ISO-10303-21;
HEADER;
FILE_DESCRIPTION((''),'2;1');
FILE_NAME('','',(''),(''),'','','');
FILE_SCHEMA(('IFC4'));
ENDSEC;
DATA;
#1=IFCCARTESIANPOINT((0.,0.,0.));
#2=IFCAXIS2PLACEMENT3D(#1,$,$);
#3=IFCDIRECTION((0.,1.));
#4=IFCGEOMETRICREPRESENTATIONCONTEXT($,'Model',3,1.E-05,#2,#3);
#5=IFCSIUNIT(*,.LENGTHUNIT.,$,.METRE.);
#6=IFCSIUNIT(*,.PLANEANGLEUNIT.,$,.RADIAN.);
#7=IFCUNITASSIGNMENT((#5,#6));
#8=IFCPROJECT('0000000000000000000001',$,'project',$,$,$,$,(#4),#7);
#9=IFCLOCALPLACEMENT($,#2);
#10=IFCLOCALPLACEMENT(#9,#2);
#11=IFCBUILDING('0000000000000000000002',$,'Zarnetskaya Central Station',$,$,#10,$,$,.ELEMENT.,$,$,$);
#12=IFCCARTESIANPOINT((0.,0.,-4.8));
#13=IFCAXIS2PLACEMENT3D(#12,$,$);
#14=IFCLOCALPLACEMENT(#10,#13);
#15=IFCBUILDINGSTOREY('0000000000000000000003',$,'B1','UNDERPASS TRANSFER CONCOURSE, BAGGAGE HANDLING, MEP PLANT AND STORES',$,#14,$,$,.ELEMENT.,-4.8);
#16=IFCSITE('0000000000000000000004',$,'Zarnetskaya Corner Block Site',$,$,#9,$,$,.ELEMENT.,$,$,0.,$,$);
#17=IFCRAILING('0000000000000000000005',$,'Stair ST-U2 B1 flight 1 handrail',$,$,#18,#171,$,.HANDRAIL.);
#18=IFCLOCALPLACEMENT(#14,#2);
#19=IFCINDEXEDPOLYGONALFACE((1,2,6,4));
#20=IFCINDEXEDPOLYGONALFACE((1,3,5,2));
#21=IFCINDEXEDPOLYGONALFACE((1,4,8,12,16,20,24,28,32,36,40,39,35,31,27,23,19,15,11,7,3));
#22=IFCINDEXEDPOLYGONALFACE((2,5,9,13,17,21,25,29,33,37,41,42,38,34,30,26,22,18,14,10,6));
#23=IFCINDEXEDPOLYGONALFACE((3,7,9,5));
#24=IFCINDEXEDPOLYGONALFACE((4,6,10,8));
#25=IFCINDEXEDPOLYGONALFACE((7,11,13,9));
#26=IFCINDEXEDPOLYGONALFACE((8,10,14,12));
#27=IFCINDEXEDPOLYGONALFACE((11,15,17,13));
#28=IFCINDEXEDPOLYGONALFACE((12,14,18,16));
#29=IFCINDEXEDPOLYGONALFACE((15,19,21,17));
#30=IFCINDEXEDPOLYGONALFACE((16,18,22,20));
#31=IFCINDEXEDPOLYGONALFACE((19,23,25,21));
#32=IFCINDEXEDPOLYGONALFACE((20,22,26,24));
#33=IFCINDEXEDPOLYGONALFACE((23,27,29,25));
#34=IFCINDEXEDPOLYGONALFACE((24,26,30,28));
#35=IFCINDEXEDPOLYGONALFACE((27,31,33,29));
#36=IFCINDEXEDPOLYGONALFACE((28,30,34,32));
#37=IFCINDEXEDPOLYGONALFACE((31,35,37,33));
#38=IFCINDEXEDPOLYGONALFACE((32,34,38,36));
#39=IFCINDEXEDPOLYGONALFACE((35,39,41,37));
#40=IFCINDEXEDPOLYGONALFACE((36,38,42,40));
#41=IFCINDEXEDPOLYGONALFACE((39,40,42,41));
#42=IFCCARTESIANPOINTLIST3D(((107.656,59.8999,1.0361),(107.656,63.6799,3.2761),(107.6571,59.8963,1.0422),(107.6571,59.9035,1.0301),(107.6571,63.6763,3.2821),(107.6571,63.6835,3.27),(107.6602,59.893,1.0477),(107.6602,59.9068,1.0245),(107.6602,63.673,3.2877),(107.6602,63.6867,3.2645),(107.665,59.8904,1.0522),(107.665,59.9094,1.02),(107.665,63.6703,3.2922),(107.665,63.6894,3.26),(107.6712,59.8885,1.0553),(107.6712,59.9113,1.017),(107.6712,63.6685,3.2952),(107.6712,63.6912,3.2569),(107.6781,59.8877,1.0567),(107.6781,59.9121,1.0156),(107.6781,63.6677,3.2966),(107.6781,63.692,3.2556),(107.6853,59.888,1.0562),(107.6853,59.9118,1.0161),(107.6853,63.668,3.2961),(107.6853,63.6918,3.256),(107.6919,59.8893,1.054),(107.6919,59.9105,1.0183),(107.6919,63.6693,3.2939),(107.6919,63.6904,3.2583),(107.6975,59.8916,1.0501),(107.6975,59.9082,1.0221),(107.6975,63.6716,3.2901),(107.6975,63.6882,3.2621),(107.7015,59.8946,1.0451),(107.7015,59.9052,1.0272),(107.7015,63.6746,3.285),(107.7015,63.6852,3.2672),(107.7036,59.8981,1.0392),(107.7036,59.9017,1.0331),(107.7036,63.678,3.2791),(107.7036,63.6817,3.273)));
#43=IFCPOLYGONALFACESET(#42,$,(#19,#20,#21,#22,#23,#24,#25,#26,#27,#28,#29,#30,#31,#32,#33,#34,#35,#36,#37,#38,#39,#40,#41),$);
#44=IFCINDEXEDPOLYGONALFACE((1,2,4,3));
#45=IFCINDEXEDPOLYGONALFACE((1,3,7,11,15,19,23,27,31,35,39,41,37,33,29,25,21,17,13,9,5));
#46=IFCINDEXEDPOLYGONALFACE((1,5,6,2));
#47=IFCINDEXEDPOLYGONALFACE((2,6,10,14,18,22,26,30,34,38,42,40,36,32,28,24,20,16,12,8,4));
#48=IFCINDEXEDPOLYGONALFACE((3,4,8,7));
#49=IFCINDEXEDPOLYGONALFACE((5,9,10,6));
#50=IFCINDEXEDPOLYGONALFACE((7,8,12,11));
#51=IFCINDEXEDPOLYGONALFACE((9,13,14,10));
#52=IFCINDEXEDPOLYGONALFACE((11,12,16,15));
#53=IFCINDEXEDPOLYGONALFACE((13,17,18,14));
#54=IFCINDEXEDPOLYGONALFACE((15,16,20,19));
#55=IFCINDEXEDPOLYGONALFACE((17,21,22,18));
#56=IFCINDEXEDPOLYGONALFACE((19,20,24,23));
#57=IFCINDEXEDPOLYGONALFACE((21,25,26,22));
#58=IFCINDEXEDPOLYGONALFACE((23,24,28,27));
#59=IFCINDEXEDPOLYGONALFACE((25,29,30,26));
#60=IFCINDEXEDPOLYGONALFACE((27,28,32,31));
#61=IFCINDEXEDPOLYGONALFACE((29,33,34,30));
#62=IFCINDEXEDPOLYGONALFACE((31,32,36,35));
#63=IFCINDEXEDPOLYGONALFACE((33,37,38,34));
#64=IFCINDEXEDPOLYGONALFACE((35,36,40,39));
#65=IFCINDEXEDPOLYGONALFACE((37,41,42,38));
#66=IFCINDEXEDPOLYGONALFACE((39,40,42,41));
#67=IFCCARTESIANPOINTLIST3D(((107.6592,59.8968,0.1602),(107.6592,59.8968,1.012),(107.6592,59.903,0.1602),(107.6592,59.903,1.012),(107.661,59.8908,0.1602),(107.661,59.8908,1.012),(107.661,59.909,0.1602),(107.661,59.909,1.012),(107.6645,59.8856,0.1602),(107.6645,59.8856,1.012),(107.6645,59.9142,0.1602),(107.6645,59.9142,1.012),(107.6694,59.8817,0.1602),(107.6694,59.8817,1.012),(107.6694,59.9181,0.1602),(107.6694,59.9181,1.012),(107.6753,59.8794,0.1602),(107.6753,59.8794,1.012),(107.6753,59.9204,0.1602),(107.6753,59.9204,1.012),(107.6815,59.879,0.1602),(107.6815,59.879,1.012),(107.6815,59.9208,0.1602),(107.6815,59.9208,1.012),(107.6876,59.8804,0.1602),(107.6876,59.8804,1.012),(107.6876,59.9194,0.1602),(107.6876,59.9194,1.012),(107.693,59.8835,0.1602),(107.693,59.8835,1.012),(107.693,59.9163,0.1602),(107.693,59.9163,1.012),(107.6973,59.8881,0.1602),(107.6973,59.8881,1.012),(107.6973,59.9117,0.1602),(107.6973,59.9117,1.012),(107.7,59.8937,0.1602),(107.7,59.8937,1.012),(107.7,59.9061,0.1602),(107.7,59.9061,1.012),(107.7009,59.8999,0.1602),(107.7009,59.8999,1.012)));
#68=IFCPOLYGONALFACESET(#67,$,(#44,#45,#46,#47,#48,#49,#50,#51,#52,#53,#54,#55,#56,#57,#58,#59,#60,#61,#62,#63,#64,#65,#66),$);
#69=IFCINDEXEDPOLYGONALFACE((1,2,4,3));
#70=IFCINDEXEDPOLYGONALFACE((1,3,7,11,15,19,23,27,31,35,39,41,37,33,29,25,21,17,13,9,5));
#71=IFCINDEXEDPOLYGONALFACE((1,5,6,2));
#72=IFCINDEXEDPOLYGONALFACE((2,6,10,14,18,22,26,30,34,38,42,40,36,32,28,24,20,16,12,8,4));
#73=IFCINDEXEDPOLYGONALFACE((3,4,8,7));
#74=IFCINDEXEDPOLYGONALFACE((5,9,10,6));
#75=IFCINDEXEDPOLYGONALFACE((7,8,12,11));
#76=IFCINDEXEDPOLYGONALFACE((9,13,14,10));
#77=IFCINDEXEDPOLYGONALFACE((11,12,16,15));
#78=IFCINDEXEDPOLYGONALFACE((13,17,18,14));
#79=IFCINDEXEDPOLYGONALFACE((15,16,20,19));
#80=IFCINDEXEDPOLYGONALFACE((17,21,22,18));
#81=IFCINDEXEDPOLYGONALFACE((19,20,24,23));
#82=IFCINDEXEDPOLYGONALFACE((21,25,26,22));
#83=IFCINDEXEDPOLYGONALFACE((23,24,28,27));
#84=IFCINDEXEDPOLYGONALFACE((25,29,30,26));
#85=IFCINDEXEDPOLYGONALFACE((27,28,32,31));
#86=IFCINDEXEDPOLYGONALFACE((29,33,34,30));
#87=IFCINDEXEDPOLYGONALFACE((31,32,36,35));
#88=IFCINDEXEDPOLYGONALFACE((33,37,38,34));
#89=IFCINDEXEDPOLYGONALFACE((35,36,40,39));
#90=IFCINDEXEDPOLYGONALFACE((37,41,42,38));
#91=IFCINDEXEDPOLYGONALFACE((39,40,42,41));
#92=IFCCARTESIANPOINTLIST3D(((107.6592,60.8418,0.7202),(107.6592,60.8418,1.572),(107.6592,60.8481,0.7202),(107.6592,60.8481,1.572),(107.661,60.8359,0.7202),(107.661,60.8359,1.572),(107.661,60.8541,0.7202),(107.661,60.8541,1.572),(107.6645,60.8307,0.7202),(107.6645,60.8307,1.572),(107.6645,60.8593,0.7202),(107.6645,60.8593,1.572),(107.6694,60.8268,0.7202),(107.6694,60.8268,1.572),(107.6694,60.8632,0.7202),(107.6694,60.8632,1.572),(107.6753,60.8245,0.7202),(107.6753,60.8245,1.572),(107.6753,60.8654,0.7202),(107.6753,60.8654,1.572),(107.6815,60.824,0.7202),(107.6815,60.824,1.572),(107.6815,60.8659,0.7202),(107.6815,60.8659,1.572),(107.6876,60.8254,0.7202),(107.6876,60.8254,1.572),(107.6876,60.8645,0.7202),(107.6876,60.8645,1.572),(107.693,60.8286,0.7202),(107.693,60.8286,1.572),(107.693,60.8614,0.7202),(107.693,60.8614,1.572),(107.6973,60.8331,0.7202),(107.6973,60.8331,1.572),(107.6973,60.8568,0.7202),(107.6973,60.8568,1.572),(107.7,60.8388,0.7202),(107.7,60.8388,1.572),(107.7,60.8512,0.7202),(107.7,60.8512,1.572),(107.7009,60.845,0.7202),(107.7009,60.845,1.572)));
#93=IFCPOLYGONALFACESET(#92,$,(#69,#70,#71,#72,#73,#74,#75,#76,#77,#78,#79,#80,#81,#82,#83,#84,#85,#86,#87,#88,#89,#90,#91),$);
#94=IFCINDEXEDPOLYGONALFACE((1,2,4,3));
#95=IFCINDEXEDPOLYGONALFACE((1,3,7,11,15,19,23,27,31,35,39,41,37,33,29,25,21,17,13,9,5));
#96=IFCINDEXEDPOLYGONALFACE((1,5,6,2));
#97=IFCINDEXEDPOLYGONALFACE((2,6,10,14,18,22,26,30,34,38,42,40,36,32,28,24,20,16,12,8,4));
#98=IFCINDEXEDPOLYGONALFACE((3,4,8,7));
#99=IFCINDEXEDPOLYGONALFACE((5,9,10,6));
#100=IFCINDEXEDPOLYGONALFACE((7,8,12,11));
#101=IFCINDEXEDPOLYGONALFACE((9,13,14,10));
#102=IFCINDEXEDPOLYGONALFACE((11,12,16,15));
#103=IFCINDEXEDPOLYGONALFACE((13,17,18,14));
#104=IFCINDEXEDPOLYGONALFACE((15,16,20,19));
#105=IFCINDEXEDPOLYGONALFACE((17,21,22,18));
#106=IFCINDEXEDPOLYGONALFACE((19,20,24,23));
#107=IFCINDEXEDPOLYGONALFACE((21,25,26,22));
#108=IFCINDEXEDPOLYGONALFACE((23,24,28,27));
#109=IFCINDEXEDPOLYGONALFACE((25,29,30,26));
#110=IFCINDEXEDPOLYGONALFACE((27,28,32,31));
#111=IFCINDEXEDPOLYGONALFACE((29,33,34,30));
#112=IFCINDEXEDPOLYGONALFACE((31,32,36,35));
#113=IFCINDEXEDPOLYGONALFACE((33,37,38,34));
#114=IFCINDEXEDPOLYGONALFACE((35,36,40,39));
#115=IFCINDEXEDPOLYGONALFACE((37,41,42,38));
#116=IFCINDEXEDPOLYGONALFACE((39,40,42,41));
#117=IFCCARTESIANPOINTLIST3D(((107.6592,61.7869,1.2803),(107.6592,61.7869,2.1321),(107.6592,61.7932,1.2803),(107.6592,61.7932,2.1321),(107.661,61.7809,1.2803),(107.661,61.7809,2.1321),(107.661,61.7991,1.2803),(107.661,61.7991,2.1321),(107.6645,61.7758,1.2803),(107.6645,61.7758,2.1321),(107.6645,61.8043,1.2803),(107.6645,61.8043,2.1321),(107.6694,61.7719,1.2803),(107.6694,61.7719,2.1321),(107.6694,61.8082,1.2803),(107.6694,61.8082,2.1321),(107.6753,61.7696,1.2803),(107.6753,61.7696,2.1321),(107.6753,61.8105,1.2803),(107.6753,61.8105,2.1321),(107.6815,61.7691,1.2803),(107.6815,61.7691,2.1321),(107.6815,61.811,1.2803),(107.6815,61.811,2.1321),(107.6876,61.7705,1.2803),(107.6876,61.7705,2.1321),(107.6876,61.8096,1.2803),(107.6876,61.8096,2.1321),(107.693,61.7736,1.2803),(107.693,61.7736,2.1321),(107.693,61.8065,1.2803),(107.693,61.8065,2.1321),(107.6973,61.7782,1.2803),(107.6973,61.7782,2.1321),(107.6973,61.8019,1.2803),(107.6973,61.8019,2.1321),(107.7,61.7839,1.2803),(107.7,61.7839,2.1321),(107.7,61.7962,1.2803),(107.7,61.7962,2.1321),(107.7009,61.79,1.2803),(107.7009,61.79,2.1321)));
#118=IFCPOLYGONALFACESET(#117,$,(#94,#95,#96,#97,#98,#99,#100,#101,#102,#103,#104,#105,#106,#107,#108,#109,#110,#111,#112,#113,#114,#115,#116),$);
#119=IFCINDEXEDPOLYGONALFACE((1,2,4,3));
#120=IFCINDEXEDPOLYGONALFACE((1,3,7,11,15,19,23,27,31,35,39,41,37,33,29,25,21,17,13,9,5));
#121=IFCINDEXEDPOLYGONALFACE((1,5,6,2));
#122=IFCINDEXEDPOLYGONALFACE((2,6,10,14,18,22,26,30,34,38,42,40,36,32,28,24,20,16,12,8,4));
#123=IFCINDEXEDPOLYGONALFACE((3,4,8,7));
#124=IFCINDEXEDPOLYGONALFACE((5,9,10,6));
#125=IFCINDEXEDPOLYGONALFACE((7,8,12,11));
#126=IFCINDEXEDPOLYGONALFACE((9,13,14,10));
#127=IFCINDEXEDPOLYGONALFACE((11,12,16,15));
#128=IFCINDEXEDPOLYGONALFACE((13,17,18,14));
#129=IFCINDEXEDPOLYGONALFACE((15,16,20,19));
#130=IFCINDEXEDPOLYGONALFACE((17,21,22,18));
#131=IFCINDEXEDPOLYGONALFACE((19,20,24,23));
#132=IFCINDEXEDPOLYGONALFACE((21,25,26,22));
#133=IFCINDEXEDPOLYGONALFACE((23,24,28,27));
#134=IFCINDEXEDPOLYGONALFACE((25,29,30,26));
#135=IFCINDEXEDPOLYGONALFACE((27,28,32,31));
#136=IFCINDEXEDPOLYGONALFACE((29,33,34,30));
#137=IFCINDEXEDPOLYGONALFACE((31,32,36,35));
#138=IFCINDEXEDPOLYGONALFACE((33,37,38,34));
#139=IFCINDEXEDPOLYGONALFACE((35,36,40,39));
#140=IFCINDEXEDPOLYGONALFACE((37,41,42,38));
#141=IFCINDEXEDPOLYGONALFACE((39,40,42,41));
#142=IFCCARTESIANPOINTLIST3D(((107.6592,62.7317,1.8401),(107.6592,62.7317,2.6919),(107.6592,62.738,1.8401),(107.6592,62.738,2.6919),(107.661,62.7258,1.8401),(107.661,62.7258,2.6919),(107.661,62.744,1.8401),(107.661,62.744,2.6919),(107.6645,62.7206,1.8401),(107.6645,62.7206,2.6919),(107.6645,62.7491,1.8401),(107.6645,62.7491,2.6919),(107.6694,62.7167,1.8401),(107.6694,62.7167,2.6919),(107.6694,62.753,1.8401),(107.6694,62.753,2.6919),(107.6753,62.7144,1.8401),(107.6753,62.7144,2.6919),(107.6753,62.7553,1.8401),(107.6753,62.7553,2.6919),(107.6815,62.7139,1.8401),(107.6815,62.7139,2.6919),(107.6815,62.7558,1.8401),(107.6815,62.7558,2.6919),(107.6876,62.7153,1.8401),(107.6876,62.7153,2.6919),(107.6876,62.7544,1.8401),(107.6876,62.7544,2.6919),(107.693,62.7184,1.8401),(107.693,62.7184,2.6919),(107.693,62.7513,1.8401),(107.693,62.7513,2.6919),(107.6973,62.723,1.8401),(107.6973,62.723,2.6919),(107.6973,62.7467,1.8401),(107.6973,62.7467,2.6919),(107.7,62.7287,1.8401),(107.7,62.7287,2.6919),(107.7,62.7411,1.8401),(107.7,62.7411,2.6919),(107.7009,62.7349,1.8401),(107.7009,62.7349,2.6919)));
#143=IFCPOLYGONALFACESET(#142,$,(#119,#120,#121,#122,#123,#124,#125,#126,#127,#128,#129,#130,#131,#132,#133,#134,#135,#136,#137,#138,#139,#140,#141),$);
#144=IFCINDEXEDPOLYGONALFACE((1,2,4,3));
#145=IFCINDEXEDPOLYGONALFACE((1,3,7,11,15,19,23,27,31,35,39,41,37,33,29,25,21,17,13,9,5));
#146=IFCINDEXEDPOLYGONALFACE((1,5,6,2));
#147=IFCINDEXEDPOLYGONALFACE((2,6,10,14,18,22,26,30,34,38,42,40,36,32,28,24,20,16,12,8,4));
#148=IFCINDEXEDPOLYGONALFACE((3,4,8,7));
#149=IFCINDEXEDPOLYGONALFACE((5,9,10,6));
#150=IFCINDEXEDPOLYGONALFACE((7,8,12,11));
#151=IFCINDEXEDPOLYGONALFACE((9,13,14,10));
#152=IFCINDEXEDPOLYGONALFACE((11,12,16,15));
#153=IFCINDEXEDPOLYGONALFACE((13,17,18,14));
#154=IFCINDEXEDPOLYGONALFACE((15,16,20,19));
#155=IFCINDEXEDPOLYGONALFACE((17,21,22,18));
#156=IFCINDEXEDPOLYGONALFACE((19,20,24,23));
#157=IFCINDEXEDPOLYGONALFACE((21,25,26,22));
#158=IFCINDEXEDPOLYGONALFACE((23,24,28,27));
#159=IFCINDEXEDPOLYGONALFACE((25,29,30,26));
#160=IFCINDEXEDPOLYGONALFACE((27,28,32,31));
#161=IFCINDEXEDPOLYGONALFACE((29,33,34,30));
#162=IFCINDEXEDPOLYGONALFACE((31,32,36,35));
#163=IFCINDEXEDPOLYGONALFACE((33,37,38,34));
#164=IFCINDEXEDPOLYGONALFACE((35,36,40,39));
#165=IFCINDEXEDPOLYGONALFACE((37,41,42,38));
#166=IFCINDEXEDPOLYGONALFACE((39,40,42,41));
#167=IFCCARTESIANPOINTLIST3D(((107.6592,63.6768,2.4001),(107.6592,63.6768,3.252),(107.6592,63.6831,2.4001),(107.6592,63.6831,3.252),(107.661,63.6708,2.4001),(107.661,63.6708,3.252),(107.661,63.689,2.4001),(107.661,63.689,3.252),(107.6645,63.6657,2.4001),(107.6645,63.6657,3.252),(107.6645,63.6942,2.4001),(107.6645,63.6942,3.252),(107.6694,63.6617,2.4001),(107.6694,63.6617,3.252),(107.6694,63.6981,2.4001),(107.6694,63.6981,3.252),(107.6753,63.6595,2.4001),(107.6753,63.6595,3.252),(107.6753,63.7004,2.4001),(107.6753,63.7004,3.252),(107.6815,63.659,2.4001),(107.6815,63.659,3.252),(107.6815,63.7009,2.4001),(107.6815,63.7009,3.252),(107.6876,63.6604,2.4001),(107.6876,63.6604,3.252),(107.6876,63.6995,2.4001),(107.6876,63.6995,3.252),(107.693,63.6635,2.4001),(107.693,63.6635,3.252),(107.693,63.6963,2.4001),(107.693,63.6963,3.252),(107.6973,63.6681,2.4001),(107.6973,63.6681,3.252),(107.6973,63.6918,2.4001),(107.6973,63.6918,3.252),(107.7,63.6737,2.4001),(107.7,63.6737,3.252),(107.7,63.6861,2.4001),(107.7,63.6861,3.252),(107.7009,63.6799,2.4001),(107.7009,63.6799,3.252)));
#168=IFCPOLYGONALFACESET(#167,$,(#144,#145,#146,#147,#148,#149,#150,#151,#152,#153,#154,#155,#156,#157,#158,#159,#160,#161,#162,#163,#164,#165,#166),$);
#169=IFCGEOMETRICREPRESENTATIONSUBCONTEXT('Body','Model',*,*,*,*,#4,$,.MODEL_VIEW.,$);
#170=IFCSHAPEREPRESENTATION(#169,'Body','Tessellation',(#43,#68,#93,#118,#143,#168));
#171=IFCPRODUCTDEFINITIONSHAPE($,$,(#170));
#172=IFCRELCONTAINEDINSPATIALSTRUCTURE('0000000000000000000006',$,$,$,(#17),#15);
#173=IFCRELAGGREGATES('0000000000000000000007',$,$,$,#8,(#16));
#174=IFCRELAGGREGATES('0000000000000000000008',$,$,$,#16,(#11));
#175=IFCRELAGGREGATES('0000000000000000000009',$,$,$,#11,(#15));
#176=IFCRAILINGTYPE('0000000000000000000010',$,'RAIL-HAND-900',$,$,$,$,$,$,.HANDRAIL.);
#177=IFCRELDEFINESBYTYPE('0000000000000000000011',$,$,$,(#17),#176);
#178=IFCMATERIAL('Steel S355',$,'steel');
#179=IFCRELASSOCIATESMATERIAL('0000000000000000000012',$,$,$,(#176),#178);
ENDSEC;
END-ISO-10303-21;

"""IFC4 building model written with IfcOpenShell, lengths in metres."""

from ifc_helpers import new_model, si_unit, direction, frame, origin, origin_2d, place, context, subcontext, project, spatial, circle, extrude, material, type_object, element, save


model = new_model("IFC4")

# Units and contexts
model_context = context("Model", 3, precision=1e-05, world=origin(), true_north=direction((0.0, 1.0)))
body_context = subcontext(model_context, "Body", "Model", "MODEL_VIEW")
ifc_project = project(units=[si_unit("LENGTHUNIT", "METRE"), si_unit("PLANEANGLEUNIT", "RADIAN")], contexts=[model_context])

# Site, building, storey
site_placement = place(None, origin())
site = spatial("IfcSite", under=ifc_project, at=site_placement, Name="Zarnetskaya Corner Block Site", CompositionType="ELEMENT", RefElevation=0.0)
building_placement = place(site_placement, origin())
building = spatial("IfcBuilding", under=site, at=building_placement, Name="Zarnetskaya Central Station", CompositionType="ELEMENT")
storey_placement = place(building_placement, frame((0.0, 0.0, -4.8)))
storey = spatial("IfcBuildingStorey", under=building, at=storey_placement, Name="B1", Description="UNDERPASS TRANSFER CONCOURSE, BAGGAGE HANDLING, MEP PLANT AND STORES", CompositionType="ELEMENT", Elevation=-4.8)

# Railing
ifc_material_1 = material(Name="Steel S355", Category="steel")
railing_type_1 = type_object("IfcRailingType", Name="RAIL-HAND-900", PredefinedType="HANDRAIL", material=ifc_material_1)
railing_1_placement = place(storey_placement, frame((107.6799, 59.8999, 0.1602)))
element("IfcRailing", 1, at=railing_1_placement, inside=storey, type_object=railing_type_1, Name="Stair ST-U2 B1 flight 1 handrail", PredefinedType="HANDRAIL", context=body_context, shape_type="SweptSolid", body=[
    extrude(circle(Radius=0.0239, at=origin_2d()), frame((0.0, 0.0, 0.876), z_axis=(0.0, 0.860294, 0.509798), x_axis=(-1.0, 0.0, 0.0)), (0.0, 0.0, 1.0), 4.3938),
    extrude(circle(Radius=0.021, at=origin_2d()), origin(), (0.0, 0.0, 1.0), 0.8518),
    extrude(circle(Radius=0.021, at=origin_2d()), frame((0.0, 0.9451, 0.5601)), (0.0, 0.0, 1.0), 0.8518),
    extrude(circle(Radius=0.021, at=origin_2d()), frame((0.0, 1.8901, 1.1201)), (0.0, 0.0, 1.0), 0.8518),
    extrude(circle(Radius=0.021, at=origin_2d()), frame((0.0, 2.835, 1.6799)), (0.0, 0.0, 1.0), 0.8518),
    extrude(circle(Radius=0.021, at=origin_2d()), frame((0.0, 3.78, 2.24)), (0.0, 0.0, 1.0), 0.8518),
])

save(model, "model.ifc")
